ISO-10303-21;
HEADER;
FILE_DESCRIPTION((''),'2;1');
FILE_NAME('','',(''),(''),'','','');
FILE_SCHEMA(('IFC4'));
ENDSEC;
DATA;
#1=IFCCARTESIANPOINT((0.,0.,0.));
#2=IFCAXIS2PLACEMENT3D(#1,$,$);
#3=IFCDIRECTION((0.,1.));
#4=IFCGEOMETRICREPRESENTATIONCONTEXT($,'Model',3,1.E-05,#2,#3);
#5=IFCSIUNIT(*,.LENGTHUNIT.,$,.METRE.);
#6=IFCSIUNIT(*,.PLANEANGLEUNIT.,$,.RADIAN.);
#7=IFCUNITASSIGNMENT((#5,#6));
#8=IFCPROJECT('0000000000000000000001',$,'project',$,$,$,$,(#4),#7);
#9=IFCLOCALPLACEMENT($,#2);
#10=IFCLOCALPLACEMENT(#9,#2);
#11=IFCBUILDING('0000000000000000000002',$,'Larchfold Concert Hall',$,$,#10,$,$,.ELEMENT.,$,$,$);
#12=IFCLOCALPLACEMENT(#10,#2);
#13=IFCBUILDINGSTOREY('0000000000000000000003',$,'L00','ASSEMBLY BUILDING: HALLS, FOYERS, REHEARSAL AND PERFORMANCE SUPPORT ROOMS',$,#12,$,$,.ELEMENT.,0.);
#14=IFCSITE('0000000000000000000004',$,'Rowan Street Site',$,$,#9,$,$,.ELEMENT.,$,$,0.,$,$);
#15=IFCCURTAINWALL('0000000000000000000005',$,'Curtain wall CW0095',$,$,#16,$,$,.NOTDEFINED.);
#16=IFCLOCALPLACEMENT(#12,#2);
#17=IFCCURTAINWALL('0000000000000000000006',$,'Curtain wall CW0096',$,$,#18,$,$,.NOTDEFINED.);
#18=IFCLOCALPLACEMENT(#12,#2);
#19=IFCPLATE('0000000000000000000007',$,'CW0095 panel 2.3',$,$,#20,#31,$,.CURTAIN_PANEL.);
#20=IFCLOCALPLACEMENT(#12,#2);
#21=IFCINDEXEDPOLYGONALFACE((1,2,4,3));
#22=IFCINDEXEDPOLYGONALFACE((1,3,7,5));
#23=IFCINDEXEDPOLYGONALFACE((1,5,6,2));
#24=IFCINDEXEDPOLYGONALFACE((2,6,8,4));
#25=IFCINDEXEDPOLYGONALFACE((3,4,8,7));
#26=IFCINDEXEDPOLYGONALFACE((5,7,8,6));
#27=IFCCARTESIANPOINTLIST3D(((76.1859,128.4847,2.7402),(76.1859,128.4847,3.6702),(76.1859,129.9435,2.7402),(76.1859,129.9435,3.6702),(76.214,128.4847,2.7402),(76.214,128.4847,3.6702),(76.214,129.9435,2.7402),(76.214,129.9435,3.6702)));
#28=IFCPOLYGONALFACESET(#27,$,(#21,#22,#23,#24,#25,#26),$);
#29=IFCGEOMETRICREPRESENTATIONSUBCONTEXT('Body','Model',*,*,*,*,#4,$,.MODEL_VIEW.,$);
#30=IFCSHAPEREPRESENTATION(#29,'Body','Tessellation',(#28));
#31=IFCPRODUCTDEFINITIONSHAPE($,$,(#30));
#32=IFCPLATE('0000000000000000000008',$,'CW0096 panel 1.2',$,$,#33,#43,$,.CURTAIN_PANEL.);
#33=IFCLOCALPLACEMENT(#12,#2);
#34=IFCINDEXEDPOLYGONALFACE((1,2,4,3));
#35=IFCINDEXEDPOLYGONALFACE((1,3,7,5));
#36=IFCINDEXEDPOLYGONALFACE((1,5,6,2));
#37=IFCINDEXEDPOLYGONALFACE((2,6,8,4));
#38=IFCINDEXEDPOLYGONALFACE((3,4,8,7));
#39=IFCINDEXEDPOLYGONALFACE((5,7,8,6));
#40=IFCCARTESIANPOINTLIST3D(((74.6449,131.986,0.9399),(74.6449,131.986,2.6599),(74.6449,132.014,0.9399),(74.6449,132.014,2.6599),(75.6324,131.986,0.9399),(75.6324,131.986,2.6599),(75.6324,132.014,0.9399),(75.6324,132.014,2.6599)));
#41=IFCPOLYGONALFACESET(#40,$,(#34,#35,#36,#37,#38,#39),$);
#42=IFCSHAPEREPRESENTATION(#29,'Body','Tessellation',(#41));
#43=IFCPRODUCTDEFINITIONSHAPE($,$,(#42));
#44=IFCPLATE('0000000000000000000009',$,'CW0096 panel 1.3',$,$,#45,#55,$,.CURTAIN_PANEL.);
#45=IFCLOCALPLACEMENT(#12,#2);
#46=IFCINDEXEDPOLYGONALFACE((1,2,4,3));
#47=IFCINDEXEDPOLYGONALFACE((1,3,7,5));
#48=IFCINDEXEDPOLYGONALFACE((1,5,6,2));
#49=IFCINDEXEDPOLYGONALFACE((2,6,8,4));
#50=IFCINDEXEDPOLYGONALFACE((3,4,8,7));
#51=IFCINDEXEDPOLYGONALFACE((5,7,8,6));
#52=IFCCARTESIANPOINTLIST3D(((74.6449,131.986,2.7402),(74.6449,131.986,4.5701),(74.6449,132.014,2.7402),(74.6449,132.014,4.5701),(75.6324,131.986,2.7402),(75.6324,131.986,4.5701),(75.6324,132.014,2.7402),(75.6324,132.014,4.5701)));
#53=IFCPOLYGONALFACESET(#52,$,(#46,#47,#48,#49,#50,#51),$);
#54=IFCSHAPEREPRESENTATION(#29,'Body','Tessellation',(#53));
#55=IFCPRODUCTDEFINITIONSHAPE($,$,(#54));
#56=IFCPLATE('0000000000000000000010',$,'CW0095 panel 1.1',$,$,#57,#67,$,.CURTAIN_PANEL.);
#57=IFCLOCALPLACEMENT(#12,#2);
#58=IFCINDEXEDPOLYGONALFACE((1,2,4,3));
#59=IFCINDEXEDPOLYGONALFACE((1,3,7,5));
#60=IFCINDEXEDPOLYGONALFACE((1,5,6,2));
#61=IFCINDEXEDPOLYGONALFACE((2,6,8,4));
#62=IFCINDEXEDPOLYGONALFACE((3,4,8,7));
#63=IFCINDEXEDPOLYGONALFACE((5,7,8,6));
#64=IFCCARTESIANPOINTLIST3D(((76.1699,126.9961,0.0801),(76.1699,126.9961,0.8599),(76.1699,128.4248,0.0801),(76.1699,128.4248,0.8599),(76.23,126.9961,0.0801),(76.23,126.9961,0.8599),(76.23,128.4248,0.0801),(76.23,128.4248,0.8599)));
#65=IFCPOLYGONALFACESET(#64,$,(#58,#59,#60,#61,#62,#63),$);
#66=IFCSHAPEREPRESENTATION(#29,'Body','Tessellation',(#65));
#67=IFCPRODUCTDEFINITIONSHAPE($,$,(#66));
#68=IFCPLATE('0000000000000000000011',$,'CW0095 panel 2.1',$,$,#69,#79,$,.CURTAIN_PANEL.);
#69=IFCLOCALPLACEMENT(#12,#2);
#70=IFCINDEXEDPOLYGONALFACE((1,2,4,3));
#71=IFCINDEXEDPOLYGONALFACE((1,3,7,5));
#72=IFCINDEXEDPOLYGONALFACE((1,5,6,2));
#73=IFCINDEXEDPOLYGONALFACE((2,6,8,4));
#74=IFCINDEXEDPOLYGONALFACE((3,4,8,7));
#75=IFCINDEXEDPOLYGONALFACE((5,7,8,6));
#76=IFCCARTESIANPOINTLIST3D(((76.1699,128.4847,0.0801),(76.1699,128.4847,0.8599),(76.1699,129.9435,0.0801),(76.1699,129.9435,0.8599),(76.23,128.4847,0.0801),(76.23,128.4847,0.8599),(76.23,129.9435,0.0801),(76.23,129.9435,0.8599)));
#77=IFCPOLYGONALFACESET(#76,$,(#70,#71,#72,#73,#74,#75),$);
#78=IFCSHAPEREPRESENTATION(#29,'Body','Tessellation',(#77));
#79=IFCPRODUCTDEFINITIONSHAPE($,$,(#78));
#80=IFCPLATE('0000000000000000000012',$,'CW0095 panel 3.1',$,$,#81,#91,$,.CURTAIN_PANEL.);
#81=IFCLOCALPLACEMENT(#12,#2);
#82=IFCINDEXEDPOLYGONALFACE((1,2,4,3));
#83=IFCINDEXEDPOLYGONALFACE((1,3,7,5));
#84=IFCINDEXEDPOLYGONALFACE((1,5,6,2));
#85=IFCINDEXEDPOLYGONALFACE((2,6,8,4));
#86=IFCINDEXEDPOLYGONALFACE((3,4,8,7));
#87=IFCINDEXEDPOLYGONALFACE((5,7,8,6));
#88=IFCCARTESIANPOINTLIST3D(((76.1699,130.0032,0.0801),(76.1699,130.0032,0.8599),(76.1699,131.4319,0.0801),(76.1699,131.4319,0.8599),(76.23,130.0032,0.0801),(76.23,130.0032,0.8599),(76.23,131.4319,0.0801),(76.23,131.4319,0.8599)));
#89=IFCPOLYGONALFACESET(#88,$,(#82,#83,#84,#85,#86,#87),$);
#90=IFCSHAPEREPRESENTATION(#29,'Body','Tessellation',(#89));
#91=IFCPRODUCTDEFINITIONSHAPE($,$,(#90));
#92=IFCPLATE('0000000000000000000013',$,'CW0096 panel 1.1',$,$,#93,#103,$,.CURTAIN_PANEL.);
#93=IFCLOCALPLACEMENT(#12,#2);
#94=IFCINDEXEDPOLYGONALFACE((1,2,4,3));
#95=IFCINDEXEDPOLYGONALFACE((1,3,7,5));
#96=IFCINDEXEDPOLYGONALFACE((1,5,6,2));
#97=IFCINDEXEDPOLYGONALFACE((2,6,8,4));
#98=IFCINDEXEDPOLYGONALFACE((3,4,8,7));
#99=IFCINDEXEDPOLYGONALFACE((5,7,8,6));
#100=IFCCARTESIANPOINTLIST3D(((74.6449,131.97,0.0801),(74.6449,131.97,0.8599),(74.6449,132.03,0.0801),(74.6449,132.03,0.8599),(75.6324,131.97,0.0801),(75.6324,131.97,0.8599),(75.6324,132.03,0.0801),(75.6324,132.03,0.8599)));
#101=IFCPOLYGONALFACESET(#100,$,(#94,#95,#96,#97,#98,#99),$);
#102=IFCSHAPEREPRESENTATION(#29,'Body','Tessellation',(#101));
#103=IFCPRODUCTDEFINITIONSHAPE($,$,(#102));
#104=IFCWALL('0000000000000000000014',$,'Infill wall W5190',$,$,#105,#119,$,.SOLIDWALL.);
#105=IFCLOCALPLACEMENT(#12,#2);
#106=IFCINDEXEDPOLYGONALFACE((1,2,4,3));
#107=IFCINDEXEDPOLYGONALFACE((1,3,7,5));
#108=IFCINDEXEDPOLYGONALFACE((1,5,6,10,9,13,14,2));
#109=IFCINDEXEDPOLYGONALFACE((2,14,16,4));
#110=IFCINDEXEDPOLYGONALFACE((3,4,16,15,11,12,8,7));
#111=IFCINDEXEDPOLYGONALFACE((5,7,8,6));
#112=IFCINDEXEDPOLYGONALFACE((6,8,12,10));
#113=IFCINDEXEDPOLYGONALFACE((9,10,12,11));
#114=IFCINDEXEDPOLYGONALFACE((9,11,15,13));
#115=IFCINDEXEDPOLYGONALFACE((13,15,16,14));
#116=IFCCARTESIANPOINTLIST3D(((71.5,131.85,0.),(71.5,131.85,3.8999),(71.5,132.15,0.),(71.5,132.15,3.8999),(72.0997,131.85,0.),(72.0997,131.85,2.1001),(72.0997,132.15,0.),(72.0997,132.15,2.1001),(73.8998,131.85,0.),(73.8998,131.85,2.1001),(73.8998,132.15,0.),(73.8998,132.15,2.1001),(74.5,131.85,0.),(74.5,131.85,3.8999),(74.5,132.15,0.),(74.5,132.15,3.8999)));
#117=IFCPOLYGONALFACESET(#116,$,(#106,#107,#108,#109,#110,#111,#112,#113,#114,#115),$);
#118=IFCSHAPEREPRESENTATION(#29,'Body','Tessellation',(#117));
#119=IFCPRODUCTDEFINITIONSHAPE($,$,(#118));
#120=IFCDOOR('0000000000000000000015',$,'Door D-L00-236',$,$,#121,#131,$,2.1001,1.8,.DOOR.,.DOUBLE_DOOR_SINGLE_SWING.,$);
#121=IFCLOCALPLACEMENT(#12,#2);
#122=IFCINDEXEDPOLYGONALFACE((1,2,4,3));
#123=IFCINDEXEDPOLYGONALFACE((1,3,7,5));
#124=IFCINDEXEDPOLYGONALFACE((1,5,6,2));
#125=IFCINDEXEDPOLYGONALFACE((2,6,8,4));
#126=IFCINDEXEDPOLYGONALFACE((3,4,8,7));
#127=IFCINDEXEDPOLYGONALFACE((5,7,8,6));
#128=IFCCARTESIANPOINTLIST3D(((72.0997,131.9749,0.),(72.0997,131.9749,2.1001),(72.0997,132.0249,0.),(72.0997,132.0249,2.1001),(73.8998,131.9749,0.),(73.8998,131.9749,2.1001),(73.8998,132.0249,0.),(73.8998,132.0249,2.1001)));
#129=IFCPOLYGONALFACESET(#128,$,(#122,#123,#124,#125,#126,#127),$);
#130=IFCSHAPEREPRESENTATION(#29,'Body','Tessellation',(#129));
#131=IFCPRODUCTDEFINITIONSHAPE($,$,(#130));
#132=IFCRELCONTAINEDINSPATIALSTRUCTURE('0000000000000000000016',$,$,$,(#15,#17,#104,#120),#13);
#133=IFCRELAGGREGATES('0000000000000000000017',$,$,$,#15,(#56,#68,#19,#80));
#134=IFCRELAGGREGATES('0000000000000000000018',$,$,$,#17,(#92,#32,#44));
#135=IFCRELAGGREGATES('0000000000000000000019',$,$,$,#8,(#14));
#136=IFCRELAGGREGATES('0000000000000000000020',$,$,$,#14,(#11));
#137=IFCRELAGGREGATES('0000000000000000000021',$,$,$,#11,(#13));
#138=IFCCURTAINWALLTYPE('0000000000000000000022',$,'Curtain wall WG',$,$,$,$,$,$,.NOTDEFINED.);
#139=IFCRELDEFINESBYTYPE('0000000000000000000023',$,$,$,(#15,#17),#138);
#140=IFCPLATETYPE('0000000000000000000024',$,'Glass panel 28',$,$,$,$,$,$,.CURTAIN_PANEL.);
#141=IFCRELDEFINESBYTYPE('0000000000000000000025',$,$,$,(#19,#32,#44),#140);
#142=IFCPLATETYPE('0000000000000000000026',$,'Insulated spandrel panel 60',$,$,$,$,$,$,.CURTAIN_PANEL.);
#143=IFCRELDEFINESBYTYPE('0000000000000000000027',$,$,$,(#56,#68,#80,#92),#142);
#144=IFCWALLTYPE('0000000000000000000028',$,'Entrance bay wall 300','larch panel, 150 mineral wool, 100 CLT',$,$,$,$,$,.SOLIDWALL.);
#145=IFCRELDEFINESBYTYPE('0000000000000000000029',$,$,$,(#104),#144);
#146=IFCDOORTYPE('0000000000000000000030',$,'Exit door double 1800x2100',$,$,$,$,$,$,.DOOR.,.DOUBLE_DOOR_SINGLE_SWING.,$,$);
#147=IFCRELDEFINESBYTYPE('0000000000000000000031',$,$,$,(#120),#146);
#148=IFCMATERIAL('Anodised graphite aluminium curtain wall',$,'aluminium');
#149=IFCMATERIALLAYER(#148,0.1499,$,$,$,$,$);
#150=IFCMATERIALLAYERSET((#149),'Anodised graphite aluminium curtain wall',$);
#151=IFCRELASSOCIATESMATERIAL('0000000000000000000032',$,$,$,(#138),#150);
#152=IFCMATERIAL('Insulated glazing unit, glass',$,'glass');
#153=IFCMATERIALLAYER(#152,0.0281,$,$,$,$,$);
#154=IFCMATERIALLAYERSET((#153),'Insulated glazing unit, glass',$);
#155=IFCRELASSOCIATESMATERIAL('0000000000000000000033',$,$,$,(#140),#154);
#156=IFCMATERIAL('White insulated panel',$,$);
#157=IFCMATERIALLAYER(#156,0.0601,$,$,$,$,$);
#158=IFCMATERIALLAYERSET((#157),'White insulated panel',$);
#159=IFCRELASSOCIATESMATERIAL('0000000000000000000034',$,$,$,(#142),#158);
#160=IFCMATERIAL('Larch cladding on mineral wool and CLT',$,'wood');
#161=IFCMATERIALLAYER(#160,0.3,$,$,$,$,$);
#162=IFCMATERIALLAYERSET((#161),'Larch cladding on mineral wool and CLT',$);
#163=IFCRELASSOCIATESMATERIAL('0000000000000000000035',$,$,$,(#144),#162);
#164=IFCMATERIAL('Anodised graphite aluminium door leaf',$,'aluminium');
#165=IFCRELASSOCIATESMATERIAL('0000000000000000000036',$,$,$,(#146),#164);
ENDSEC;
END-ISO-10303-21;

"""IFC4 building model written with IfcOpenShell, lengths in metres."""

from ifc_helpers import new_model, si_unit, direction, frame, frame_2d, origin, origin_2d, place, context, subcontext, project, spatial, rectangle, extrude, material, layer, layer_set, type_object, element, fill, aggregate, save


model = new_model("IFC4")

# Units and contexts
model_context = context("Model", 3, precision=1e-05, world=origin(), true_north=direction((0.0, 1.0)))
body_context = subcontext(model_context, "Body", "Model", "MODEL_VIEW")
ifc_project = project(units=[si_unit("LENGTHUNIT", "METRE"), si_unit("PLANEANGLEUNIT", "RADIAN")], contexts=[model_context])

# Site, building, storey
site_placement = place(None, origin())
site = spatial("IfcSite", under=ifc_project, at=site_placement, Name="Rowan Street Site", CompositionType="ELEMENT", RefElevation=0.0)
building_placement = place(site_placement, origin())
building = spatial("IfcBuilding", under=site, at=building_placement, Name="Larchfold Concert Hall", CompositionType="ELEMENT")
storey_placement = place(building_placement, origin())
storey = spatial("IfcBuildingStorey", under=building, at=storey_placement, Name="L00", Description="ASSEMBLY BUILDING: HALLS, FOYERS, REHEARSAL AND PERFORMANCE SUPPORT ROOMS", CompositionType="ELEMENT", Elevation=0.0)

# Curtain walls
ifc_material_1 = material(Name="Anodised graphite aluminium curtain wall", Category="aluminium")
ifc_layer_1 = layer(ifc_material_1, 0.1499)
ifc_layer_set_1 = layer_set([ifc_layer_1], Name="Anodised graphite aluminium curtain wall")
curtain_wall_type = type_object("IfcCurtainWallType", Name="Curtain wall WG", PredefinedType="NOTDEFINED", material=ifc_layer_set_1)
curtain_wall_1_placement = place(storey_placement, origin())
curtain_wall_1 = element("IfcCurtainWall", 1, at=curtain_wall_1_placement, inside=storey, type_object=curtain_wall_type, Name="Curtain wall CW0095", PredefinedType="NOTDEFINED")
curtain_wall_2_placement = place(storey_placement, origin())
curtain_wall_2 = element("IfcCurtainWall", 2, at=curtain_wall_2_placement, inside=storey, type_object=curtain_wall_type, Name="Curtain wall CW0096", PredefinedType="NOTDEFINED")

# Plates
ifc_material_2 = material(Name="Insulated glazing unit, glass", Category="glass")
ifc_layer_2 = layer(ifc_material_2, 0.0281)
ifc_layer_set_2 = layer_set([ifc_layer_2], Name="Insulated glazing unit, glass")
plate_type_1 = type_object("IfcPlateType", Name="Glass panel 28", PredefinedType="CURTAIN_PANEL", material=ifc_layer_set_2)
plate_1_placement = place(storey_placement, frame((76.2, 129.2141, 2.7402), z_axis=(0.0, 0.0, 1.0), x_axis=(0.0, 1.0, 0.0)))
plate_1 = element("IfcPlate", 3, at=plate_1_placement, type_object=plate_type_1, Name="CW0095 panel 2.3", PredefinedType="CURTAIN_PANEL", context=body_context, shape_type="SweptSolid", body=[
    extrude(rectangle(XDim=1.4587, YDim=0.0281, at=origin_2d()), origin(), (0.0, 0.0, 1.0), 0.9299),
])
plate_2_placement = place(storey_placement, frame((75.1387, 132.0, 0.9399), z_axis=(0.0, 0.0, 1.0), x_axis=(-1.0, 0.0, 0.0)))
plate_2 = element("IfcPlate", 4, at=plate_2_placement, type_object=plate_type_1, Name="CW0096 panel 1.2", PredefinedType="CURTAIN_PANEL", context=body_context, shape_type="SweptSolid", body=[
    extrude(rectangle(XDim=0.9875, YDim=0.0281, at=origin_2d()), origin(), (0.0, 0.0, 1.0), 1.72),
])
plate_3_placement = place(storey_placement, frame((75.1387, 132.0, 2.7402), z_axis=(0.0, 0.0, 1.0), x_axis=(-1.0, 0.0, 0.0)))
plate_3 = element("IfcPlate", 5, at=plate_3_placement, type_object=plate_type_1, Name="CW0096 panel 1.3", PredefinedType="CURTAIN_PANEL", context=body_context, shape_type="SweptSolid", body=[
    extrude(rectangle(XDim=0.9875, YDim=0.0281, at=origin_2d()), origin(), (0.0, 0.0, 1.0), 1.8298),
])
ifc_material_3 = material(Name="White insulated panel")
ifc_layer_3 = layer(ifc_material_3, 0.0601)
ifc_layer_set_3 = layer_set([ifc_layer_3], Name="White insulated panel")
plate_type_2 = type_object("IfcPlateType", Name="Insulated spandrel panel 60", PredefinedType="CURTAIN_PANEL", material=ifc_layer_set_3)
plate_4_placement = place(storey_placement, frame((76.2, 127.7104, 0.0801), z_axis=(0.0, 0.0, 1.0), x_axis=(0.0, 1.0, 0.0)))
plate_4 = element("IfcPlate", 6, at=plate_4_placement, type_object=plate_type_2, Name="CW0095 panel 1.1", PredefinedType="CURTAIN_PANEL", context=body_context, shape_type="SweptSolid", body=[
    extrude(rectangle(XDim=1.4287, YDim=0.0601, at=origin_2d()), origin(), (0.0, 0.0, 1.0), 0.7798),
])
plate_5_placement = place(storey_placement, frame((76.2, 129.2141, 0.0801), z_axis=(0.0, 0.0, 1.0), x_axis=(0.0, 1.0, 0.0)))
plate_5 = element("IfcPlate", 7, at=plate_5_placement, type_object=plate_type_2, Name="CW0095 panel 2.1", PredefinedType="CURTAIN_PANEL", context=body_context, shape_type="SweptSolid", body=[
    extrude(rectangle(XDim=1.4587, YDim=0.0601, at=origin_2d()), origin(), (0.0, 0.0, 1.0), 0.7798),
])
plate_6_placement = place(storey_placement, frame((76.2, 130.7175, 0.0801), z_axis=(0.0, 0.0, 1.0), x_axis=(0.0, 1.0, 0.0)))
plate_6 = element("IfcPlate", 8, at=plate_6_placement, type_object=plate_type_2, Name="CW0095 panel 3.1", PredefinedType="CURTAIN_PANEL", context=body_context, shape_type="SweptSolid", body=[
    extrude(rectangle(XDim=1.4287, YDim=0.0601, at=origin_2d()), origin(), (0.0, 0.0, 1.0), 0.7798),
])
aggregate(curtain_wall_1, [plate_4, plate_5, plate_1, plate_6])
plate_7_placement = place(storey_placement, frame((75.1387, 132.0, 0.0801), z_axis=(0.0, 0.0, 1.0), x_axis=(-1.0, 0.0, 0.0)))
plate_7 = element("IfcPlate", 9, at=plate_7_placement, type_object=plate_type_2, Name="CW0096 panel 1.1", PredefinedType="CURTAIN_PANEL", context=body_context, shape_type="SweptSolid", body=[
    extrude(rectangle(XDim=0.9875, YDim=0.0601, at=origin_2d()), origin(), (0.0, 0.0, 1.0), 0.7798),
])
aggregate(curtain_wall_2, [plate_7, plate_2, plate_3])

# Wall, opening, door
ifc_material_4 = material(Name="Larch cladding on mineral wool and CLT", Category="wood")
ifc_layer_4 = layer(ifc_material_4, 0.3)
ifc_layer_set_4 = layer_set([ifc_layer_4], Name="Larch cladding on mineral wool and CLT")
wall_type = type_object("IfcWallType", Name="Entrance bay wall 300", Description="larch panel, 150 mineral wool, 100 CLT", PredefinedType="SOLIDWALL", material=ifc_layer_set_4)
wall_placement = place(storey_placement, frame((74.5, 132.0, 0.0), z_axis=(0.0, 0.0, 1.0), x_axis=(-1.0, 0.0, 0.0)))
wall = element("IfcWall", 10, at=wall_placement, inside=storey, type_object=wall_type, Name="Infill wall W5190", PredefinedType="SOLIDWALL", context=body_context, shape_type="SweptSolid", body=[
    extrude(rectangle(XDim=3.0, YDim=0.3, at=frame_2d((1.5, 0.0))), origin(), (0.0, 0.0, 1.0), 3.8999),
])
opening_placement = place(wall_placement, frame((2.4001, 0.0, 0.0), z_axis=(0.0, 0.0, 1.0), x_axis=(-1.0, 0.0, 0.0)))
opening = element("IfcOpeningElement", 11, at=opening_placement, cuts=wall, PredefinedType="OPENING", context=body_context, shape_type="SweptSolid", body=[
    extrude(rectangle(XDim=1.8, YDim=2.1001, at=frame_2d((0.8999, 1.05))), frame((0.0, 0.1602, 0.0), z_axis=(0.0, -1.0, 0.0), x_axis=(1.0, 0.0, 0.0)), (0.0, 0.0, 1.0), 0.3201),
])
ifc_material_5 = material(Name="Anodised graphite aluminium door leaf", Category="aluminium")
door_type = type_object("IfcDoorType", Name="Exit door double 1800x2100", OperationType="DOUBLE_DOOR_SINGLE_SWING", PredefinedType="DOOR", material=ifc_material_5)
door_placement = place(opening_placement, origin())
door = element("IfcDoor", 12, at=door_placement, inside=storey, type_object=door_type, Name="Door D-L00-236", OperationType="DOUBLE_DOOR_SINGLE_SWING", OverallHeight=2.1001, OverallWidth=1.8, PredefinedType="DOOR", context=body_context, shape_type="SweptSolid", body=[
    extrude(rectangle(XDim=1.8, YDim=2.1001, at=frame_2d((0.8999, 1.05))), frame((0.0, 0.0249, 0.0), z_axis=(0.0, -1.0, 0.0), x_axis=(1.0, 0.0, 0.0)), (0.0, 0.0, 1.0), 0.05),
])
fill(opening, door)

save(model, "model.ifc")
